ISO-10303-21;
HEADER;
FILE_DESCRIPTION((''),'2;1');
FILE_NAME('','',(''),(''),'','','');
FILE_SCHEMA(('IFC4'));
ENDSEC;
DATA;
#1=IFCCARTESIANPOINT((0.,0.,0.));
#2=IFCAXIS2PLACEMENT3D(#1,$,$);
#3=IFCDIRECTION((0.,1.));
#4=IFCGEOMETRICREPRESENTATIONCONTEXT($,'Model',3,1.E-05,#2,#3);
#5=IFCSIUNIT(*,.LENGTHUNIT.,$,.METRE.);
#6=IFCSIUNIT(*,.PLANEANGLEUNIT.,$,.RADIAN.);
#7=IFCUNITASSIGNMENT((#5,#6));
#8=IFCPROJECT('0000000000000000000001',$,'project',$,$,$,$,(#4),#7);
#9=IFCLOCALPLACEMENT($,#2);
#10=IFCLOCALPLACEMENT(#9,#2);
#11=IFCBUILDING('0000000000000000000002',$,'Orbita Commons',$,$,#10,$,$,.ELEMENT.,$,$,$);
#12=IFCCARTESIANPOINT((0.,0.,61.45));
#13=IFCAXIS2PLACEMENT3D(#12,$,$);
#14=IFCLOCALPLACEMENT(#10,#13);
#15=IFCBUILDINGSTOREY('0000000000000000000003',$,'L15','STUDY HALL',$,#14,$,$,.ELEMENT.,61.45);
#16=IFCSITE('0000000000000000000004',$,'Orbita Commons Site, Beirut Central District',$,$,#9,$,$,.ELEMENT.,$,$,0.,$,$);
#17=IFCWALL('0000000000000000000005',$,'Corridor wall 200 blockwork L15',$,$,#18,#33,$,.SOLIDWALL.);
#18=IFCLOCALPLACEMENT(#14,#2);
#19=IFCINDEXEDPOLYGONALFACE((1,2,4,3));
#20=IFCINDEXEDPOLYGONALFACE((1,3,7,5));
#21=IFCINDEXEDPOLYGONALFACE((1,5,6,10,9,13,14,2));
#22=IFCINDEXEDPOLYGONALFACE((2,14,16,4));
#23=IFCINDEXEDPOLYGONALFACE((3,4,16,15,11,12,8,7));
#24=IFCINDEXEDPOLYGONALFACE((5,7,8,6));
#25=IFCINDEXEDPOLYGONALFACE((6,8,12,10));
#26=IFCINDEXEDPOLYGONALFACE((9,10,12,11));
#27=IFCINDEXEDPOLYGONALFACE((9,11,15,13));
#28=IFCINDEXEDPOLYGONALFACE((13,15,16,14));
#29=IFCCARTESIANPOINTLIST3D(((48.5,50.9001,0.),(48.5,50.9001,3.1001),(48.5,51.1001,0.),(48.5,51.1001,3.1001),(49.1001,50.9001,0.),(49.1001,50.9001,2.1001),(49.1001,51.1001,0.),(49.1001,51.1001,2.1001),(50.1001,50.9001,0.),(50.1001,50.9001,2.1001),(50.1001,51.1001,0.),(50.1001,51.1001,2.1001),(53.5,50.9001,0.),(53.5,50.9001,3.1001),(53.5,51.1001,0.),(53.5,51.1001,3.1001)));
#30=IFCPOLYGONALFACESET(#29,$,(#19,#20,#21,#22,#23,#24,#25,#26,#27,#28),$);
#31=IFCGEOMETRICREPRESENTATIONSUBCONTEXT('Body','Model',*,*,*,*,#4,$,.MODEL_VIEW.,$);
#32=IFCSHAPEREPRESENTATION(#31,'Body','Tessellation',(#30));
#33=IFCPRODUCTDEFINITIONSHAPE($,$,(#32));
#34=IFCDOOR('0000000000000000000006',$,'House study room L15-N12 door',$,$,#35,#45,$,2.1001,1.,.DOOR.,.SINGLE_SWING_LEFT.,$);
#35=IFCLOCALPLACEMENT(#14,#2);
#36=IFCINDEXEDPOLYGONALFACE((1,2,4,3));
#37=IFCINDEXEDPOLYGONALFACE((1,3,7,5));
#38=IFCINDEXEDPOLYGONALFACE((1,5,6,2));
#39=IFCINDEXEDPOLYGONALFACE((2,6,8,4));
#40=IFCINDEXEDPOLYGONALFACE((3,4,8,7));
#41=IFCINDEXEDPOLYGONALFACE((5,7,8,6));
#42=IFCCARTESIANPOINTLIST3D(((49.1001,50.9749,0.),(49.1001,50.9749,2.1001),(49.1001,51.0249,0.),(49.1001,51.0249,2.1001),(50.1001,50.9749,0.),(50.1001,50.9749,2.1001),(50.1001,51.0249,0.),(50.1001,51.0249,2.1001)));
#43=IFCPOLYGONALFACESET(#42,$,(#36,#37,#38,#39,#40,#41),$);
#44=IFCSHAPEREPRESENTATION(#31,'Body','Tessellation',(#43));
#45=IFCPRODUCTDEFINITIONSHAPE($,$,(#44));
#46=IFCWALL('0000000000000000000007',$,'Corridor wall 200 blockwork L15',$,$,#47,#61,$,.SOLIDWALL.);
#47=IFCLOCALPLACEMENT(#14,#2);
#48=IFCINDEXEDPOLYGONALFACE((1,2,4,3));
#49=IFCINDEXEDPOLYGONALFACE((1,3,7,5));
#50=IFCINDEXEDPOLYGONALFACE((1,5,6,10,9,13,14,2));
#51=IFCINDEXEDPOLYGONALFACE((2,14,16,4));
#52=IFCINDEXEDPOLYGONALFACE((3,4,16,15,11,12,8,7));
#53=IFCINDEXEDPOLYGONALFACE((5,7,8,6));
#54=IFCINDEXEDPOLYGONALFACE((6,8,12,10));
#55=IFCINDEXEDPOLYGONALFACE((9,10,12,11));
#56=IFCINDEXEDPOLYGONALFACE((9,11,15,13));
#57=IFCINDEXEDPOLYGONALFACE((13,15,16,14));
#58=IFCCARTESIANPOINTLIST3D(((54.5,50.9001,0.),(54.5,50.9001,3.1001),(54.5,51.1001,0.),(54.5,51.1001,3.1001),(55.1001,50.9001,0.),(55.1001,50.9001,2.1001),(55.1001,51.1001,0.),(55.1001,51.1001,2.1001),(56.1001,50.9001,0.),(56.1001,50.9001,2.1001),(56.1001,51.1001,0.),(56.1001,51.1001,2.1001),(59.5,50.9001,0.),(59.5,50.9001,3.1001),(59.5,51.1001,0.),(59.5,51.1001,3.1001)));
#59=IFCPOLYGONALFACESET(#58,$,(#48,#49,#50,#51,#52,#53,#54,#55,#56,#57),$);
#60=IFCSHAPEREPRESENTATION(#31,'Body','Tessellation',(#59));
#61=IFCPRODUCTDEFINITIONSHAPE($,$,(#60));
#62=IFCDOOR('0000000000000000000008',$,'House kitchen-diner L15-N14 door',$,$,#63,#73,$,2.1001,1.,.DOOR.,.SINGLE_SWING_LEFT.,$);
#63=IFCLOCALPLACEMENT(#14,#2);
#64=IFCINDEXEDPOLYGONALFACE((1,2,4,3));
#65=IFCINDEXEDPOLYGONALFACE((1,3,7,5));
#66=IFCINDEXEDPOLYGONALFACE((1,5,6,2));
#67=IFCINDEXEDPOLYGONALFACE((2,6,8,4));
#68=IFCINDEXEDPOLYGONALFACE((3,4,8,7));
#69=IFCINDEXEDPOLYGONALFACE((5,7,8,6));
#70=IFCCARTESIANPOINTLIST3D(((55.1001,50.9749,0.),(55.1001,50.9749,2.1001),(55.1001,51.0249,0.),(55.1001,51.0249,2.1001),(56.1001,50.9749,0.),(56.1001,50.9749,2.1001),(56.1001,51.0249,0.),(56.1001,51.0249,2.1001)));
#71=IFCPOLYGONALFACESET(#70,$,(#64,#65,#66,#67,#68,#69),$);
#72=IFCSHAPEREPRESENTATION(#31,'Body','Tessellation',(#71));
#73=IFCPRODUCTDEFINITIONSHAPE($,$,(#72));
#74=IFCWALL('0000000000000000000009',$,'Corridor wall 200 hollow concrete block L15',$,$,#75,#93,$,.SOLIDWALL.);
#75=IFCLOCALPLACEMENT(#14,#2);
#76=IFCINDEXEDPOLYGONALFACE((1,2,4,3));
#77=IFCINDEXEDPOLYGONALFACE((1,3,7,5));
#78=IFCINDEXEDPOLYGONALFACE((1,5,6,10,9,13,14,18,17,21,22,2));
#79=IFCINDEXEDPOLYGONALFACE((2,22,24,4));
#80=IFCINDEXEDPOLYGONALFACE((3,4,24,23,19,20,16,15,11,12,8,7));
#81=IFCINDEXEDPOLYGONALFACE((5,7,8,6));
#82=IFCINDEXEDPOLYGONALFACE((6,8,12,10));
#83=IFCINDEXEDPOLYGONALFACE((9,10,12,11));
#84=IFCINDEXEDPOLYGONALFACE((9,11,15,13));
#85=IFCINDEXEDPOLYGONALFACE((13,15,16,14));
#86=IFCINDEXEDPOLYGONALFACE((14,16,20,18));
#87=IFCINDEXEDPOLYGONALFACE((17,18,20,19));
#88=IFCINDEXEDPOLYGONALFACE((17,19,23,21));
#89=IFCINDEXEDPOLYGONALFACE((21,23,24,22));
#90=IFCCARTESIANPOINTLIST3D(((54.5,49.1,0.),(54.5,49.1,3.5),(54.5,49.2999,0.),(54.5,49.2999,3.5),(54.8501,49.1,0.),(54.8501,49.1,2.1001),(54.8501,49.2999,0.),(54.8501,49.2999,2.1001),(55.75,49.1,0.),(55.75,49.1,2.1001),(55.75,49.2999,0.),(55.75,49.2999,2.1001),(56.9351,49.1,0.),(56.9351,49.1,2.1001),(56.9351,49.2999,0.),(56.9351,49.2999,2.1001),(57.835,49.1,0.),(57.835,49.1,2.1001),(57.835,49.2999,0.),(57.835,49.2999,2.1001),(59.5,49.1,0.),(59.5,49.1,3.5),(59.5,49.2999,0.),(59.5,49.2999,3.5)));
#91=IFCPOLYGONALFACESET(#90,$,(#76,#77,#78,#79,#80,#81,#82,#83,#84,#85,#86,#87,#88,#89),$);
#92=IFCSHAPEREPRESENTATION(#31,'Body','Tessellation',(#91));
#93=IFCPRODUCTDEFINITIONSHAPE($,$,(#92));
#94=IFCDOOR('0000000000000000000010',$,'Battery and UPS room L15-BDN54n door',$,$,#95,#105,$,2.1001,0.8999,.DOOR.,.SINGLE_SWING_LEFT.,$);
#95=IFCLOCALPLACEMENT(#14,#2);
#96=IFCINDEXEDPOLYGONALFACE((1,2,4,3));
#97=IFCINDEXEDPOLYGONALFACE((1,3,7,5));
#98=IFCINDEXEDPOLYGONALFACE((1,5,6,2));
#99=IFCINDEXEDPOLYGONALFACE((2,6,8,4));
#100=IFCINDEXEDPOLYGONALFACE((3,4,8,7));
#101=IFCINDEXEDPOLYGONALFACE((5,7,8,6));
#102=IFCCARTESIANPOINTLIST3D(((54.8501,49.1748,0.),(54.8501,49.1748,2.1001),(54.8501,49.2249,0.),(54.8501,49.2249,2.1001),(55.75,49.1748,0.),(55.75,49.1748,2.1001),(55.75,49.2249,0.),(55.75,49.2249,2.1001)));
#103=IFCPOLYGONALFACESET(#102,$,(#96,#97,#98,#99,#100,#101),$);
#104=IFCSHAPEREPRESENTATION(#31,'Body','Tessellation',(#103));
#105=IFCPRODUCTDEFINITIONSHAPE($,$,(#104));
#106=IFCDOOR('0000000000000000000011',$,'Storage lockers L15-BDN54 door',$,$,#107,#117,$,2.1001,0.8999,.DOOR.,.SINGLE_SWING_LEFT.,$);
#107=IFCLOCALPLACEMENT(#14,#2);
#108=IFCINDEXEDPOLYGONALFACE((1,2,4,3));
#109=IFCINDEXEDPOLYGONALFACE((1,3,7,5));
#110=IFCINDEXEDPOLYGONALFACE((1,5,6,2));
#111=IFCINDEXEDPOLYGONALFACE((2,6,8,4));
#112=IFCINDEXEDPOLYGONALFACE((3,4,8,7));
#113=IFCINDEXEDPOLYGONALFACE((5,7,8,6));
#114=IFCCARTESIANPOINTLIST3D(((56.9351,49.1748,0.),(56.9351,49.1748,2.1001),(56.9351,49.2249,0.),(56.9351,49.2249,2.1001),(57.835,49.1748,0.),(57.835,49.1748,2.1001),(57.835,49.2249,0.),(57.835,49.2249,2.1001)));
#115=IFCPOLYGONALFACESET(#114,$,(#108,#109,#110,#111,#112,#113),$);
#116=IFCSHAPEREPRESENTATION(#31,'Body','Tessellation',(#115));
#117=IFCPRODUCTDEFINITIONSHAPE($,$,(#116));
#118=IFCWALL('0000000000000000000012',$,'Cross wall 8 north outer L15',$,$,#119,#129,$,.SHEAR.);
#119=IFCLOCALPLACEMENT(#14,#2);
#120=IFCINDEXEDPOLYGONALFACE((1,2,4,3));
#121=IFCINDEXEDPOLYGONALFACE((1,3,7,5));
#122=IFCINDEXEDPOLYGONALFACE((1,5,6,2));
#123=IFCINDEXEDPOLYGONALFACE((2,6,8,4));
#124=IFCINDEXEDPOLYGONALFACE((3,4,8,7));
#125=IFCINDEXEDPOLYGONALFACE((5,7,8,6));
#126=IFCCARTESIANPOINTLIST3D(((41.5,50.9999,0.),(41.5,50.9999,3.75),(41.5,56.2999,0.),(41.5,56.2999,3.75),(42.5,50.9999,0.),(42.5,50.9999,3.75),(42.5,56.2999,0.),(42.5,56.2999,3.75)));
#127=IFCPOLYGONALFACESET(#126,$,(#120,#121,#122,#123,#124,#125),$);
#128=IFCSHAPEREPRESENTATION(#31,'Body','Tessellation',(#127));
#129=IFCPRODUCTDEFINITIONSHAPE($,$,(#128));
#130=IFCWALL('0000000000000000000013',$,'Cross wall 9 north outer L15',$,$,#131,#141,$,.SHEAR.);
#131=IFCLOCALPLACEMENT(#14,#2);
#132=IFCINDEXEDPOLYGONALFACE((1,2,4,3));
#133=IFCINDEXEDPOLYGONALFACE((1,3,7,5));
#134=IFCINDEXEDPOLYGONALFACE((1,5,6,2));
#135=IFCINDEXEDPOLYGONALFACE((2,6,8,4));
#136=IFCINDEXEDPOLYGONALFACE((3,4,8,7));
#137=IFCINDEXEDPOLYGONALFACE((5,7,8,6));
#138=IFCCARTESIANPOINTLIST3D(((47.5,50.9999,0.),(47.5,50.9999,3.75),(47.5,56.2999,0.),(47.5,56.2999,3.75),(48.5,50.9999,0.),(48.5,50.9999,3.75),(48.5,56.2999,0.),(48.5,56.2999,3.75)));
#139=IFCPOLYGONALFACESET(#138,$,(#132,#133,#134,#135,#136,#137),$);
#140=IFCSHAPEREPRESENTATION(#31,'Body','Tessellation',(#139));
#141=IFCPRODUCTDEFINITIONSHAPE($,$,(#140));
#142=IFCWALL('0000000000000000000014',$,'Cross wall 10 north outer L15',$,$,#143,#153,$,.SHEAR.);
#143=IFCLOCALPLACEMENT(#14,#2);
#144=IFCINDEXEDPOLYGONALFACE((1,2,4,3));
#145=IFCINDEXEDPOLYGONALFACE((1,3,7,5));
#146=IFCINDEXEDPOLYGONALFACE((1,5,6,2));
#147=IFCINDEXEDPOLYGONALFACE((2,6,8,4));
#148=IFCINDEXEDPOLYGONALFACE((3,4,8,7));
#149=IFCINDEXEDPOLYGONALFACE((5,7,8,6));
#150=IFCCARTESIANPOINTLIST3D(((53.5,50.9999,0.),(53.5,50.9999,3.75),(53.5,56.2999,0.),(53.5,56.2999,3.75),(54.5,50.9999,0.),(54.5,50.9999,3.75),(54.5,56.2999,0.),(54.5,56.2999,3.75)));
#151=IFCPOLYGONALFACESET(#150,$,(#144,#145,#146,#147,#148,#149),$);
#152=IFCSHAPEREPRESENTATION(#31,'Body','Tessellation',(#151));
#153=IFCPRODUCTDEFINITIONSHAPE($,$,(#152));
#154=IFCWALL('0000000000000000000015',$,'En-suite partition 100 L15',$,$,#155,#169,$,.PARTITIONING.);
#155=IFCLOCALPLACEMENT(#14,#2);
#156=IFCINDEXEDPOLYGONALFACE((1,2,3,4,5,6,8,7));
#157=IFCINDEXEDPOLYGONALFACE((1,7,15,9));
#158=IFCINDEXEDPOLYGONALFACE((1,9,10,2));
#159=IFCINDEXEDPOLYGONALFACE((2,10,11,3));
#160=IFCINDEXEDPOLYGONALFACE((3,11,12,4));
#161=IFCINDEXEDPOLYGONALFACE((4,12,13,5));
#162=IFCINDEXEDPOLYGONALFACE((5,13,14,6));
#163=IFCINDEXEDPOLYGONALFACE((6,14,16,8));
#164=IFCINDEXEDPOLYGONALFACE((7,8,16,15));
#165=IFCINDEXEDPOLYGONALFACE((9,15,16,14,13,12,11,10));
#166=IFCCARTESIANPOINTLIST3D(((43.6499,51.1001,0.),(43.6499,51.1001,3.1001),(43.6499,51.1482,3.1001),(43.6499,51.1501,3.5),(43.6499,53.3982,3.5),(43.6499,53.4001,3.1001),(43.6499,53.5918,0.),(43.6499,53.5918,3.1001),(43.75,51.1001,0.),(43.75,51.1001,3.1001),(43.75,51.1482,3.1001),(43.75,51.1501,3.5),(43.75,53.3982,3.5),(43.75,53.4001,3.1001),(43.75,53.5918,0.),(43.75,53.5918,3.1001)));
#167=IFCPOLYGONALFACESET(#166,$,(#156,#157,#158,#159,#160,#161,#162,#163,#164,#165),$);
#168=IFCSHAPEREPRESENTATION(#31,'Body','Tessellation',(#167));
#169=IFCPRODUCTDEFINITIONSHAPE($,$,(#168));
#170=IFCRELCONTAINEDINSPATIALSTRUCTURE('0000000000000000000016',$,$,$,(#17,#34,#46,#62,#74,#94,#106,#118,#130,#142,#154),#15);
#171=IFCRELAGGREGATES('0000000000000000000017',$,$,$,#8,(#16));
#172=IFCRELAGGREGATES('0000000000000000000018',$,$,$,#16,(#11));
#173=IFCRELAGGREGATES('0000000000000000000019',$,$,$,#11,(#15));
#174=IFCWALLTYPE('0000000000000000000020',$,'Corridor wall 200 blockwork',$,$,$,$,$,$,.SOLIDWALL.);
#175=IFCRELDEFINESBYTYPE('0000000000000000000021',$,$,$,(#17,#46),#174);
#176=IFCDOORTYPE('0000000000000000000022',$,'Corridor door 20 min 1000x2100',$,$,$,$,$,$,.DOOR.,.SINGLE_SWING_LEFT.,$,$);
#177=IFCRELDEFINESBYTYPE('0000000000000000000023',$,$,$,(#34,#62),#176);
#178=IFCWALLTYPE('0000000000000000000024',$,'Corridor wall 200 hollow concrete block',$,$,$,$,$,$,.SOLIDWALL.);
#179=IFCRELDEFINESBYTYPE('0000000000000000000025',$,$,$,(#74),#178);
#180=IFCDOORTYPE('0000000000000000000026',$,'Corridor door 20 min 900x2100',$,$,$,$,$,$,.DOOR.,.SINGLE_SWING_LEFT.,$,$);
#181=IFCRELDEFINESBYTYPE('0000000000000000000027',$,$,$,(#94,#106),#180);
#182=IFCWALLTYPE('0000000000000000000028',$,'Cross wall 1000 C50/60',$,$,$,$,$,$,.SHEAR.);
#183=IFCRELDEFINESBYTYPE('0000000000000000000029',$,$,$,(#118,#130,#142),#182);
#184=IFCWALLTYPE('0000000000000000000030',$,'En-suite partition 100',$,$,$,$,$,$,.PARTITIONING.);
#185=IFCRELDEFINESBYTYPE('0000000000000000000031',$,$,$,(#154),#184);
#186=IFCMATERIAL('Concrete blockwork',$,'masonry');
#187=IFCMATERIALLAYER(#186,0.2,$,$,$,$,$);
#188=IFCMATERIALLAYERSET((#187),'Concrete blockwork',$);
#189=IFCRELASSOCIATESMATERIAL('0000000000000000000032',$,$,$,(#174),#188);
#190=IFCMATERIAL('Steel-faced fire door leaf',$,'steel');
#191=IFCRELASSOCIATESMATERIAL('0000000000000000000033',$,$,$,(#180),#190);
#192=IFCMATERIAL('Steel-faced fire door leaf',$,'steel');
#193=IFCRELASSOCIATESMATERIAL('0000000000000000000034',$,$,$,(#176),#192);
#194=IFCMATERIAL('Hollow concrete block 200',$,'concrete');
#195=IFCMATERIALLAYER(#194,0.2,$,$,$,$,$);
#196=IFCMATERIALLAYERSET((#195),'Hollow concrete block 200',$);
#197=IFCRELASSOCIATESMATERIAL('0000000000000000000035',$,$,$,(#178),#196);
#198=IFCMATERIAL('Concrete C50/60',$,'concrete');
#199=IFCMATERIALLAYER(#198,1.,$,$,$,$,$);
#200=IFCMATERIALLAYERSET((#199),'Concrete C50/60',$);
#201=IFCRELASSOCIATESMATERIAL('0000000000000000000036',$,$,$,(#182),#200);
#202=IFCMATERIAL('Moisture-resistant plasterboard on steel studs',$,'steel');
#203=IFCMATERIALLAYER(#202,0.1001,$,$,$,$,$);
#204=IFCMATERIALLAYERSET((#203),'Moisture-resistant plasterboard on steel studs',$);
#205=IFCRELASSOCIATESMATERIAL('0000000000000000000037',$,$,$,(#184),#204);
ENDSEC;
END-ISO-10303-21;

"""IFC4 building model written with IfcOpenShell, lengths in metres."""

from ifc_helpers import new_model, si_unit, direction, frame, frame_2d, origin, place, context, subcontext, project, spatial, polyline, rectangle, outline, extrude, material, layer, layer_set, type_object, element, fill, save


model = new_model("IFC4")

# Units and contexts
model_context = context("Model", 3, precision=1e-05, world=origin(), true_north=direction((0.0, 1.0)))
body_context = subcontext(model_context, "Body", "Model", "MODEL_VIEW")
ifc_project = project(units=[si_unit("LENGTHUNIT", "METRE"), si_unit("PLANEANGLEUNIT", "RADIAN")], contexts=[model_context])

# Site, building, storey
site_placement = place(None, origin())
site = spatial("IfcSite", under=ifc_project, at=site_placement, Name="Orbita Commons Site, Beirut Central District", CompositionType="ELEMENT", RefElevation=0.0)
building_placement = place(site_placement, origin())
building = spatial("IfcBuilding", under=site, at=building_placement, Name="Orbita Commons", CompositionType="ELEMENT")
storey_placement = place(building_placement, frame((0.0, 0.0, 61.45)))
storey = spatial("IfcBuildingStorey", under=building, at=storey_placement, Name="L15", Description="STUDY HALL", CompositionType="ELEMENT", Elevation=61.45)

# Shared definitions
ifc_material_1 = material(Name="Concrete blockwork", Category="masonry")
ifc_layer_1 = layer(ifc_material_1, 0.2)
ifc_layer_set_1 = layer_set([ifc_layer_1], Name="Concrete blockwork")
wall_type_1 = type_object("IfcWallType", Name="Corridor wall 200 blockwork", PredefinedType="SOLIDWALL", material=ifc_layer_set_1)
ifc_material_2 = material(Name="Steel-faced fire door leaf", Category="steel")
door_type_1 = type_object("IfcDoorType", Name="Corridor door 20 min 900x2100", OperationType="SINGLE_SWING_LEFT", PredefinedType="DOOR", material=ifc_material_2)

# Walls, openings, doors
wall_1_placement = place(storey_placement, frame((48.5, 51.0, 0.0), z_axis=(0.0, 0.0, 1.0), x_axis=(1.0, 0.0, 0.0)))
wall_1 = element("IfcWall", 1, at=wall_1_placement, inside=storey, type_object=wall_type_1, Name="Corridor wall 200 blockwork L15", PredefinedType="SOLIDWALL", context=body_context, shape_type="SweptSolid", body=[
    extrude(outline(polyline([(0.0, 0.0), (5.0, 0.0), (5.0, 3.1001), (0.0, 3.1001), (0.0, 0.0)])), frame((0.0, 0.1001, 0.0), z_axis=(0.0, -1.0, 0.0), x_axis=(1.0, 0.0, 0.0)), (0.0, 0.0, 1.0), 0.2),
])
opening_1_placement = place(wall_1_placement, frame((0.6001, 0.0, 0.0)))
opening_1 = element("IfcOpeningElement", 2, at=opening_1_placement, cuts=wall_1, PredefinedType="OPENING", context=body_context, shape_type="SweptSolid", body=[
    extrude(rectangle(XDim=1.0, YDim=2.1001, at=frame_2d((0.5, 1.05))), frame((0.0, 0.1099, 0.0), z_axis=(0.0, -1.0, 0.0), x_axis=(1.0, 0.0, 0.0)), (0.0, 0.0, 1.0), 0.22),
])
ifc_material_3 = material(Name="Steel-faced fire door leaf", Category="steel")
door_type_2 = type_object("IfcDoorType", Name="Corridor door 20 min 1000x2100", OperationType="SINGLE_SWING_LEFT", PredefinedType="DOOR", material=ifc_material_3)
door_1_placement = place(opening_1_placement, origin())
door_1 = element("IfcDoor", 3, at=door_1_placement, inside=storey, type_object=door_type_2, Name="House study room L15-N12 door", OperationType="SINGLE_SWING_LEFT", OverallHeight=2.1001, OverallWidth=1.0, PredefinedType="DOOR", context=body_context, shape_type="SweptSolid", body=[
    extrude(rectangle(XDim=1.0, YDim=2.1001, at=frame_2d((0.5, 1.05))), frame((0.0, 0.0249, 0.0), z_axis=(0.0, -1.0, 0.0), x_axis=(1.0, 0.0, 0.0)), (0.0, 0.0, 1.0), 0.05),
])
fill(opening_1, door_1)
wall_2_placement = place(storey_placement, frame((54.5, 51.0, 0.0), z_axis=(0.0, 0.0, 1.0), x_axis=(1.0, 0.0, 0.0)))
wall_2 = element("IfcWall", 4, at=wall_2_placement, inside=storey, type_object=wall_type_1, Name="Corridor wall 200 blockwork L15", PredefinedType="SOLIDWALL", context=body_context, shape_type="SweptSolid", body=[
    extrude(outline(polyline([(0.0, 0.0), (5.0, 0.0), (5.0, 3.1001), (0.0, 3.1001), (0.0, 0.0)])), frame((0.0, 0.1001, 0.0), z_axis=(0.0, -1.0, 0.0), x_axis=(1.0, 0.0, 0.0)), (0.0, 0.0, 1.0), 0.2),
])
opening_2_placement = place(wall_2_placement, frame((0.6001, 0.0, 0.0)))
opening_2 = element("IfcOpeningElement", 5, at=opening_2_placement, cuts=wall_2, PredefinedType="OPENING", context=body_context, shape_type="SweptSolid", body=[
    extrude(rectangle(XDim=1.0, YDim=2.1001, at=frame_2d((0.5, 1.05))), frame((0.0, 0.1099, 0.0), z_axis=(0.0, -1.0, 0.0), x_axis=(1.0, 0.0, 0.0)), (0.0, 0.0, 1.0), 0.22),
])
door_2_placement = place(opening_2_placement, origin())
door_2 = element("IfcDoor", 6, at=door_2_placement, inside=storey, type_object=door_type_2, Name="House kitchen-diner L15-N14 door", OperationType="SINGLE_SWING_LEFT", OverallHeight=2.1001, OverallWidth=1.0, PredefinedType="DOOR", context=body_context, shape_type="SweptSolid", body=[
    extrude(rectangle(XDim=1.0, YDim=2.1001, at=frame_2d((0.5, 1.05))), frame((0.0, 0.0249, 0.0), z_axis=(0.0, -1.0, 0.0), x_axis=(1.0, 0.0, 0.0)), (0.0, 0.0, 1.0), 0.05),
])
fill(opening_2, door_2)

# Wall, openings, doors
ifc_material_4 = material(Name="Hollow concrete block 200", Category="concrete")
ifc_layer_2 = layer(ifc_material_4, 0.2)
ifc_layer_set_2 = layer_set([ifc_layer_2], Name="Hollow concrete block 200")
wall_type_2 = type_object("IfcWallType", Name="Corridor wall 200 hollow concrete block", PredefinedType="SOLIDWALL", material=ifc_layer_set_2)
wall_3_placement = place(storey_placement, frame((54.5, 49.2, 0.0), z_axis=(0.0, 0.0, 1.0), x_axis=(1.0, 0.0, 0.0)))
wall_3 = element("IfcWall", 7, at=wall_3_placement, inside=storey, type_object=wall_type_2, Name="Corridor wall 200 hollow concrete block L15", PredefinedType="SOLIDWALL", context=body_context, shape_type="SweptSolid", body=[
    extrude(rectangle(XDim=5.0, YDim=0.2, at=frame_2d((2.5, 0.0))), origin(), (0.0, 0.0, 1.0), 3.5),
])
opening_3_placement = place(wall_3_placement, frame((0.3501, 0.0, 0.0)))
opening_3 = element("IfcOpeningElement", 8, at=opening_3_placement, cuts=wall_3, PredefinedType="OPENING", context=body_context, shape_type="SweptSolid", body=[
    extrude(rectangle(XDim=0.8999, YDim=2.1001, at=frame_2d((0.45, 1.05))), frame((0.0, 0.1099, 0.0), z_axis=(0.0, -1.0, 0.0), x_axis=(1.0, 0.0, 0.0)), (0.0, 0.0, 1.0), 0.22),
])
opening_4_placement = place(wall_3_placement, frame((2.4351, 0.0, 0.0)))
opening_4 = element("IfcOpeningElement", 9, at=opening_4_placement, cuts=wall_3, PredefinedType="OPENING", context=body_context, shape_type="SweptSolid", body=[
    extrude(rectangle(XDim=0.8999, YDim=2.1001, at=frame_2d((0.45, 1.05))), frame((0.0, 0.1099, 0.0), z_axis=(0.0, -1.0, 0.0), x_axis=(1.0, 0.0, 0.0)), (0.0, 0.0, 1.0), 0.22),
])
door_3_placement = place(opening_3_placement, origin())
door_3 = element("IfcDoor", 10, at=door_3_placement, inside=storey, type_object=door_type_1, Name="Battery and UPS room L15-BDN54n door", OperationType="SINGLE_SWING_LEFT", OverallHeight=2.1001, OverallWidth=0.8999, PredefinedType="DOOR", context=body_context, shape_type="SweptSolid", body=[
    extrude(rectangle(XDim=0.8999, YDim=2.1001, at=frame_2d((0.45, 1.05))), frame((0.0, 0.0249, 0.0), z_axis=(0.0, -1.0, 0.0), x_axis=(1.0, 0.0, 0.0)), (0.0, 0.0, 1.0), 0.05),
])
fill(opening_3, door_3)
door_4_placement = place(opening_4_placement, origin())
door_4 = element("IfcDoor", 11, at=door_4_placement, inside=storey, type_object=door_type_1, Name="Storage lockers L15-BDN54 door", OperationType="SINGLE_SWING_LEFT", OverallHeight=2.1001, OverallWidth=0.8999, PredefinedType="DOOR", context=body_context, shape_type="SweptSolid", body=[
    extrude(rectangle(XDim=0.8999, YDim=2.1001, at=frame_2d((0.45, 1.05))), frame((0.0, 0.0249, 0.0), z_axis=(0.0, -1.0, 0.0), x_axis=(1.0, 0.0, 0.0)), (0.0, 0.0, 1.0), 0.05),
])
fill(opening_4, door_4)

# Walls
ifc_material_5 = material(Name="Concrete C50/60", Category="concrete")
ifc_layer_3 = layer(ifc_material_5, 1.0)
ifc_layer_set_3 = layer_set([ifc_layer_3], Name="Concrete C50/60")
wall_type_3 = type_object("IfcWallType", Name="Cross wall 1000 C50/60", PredefinedType="SHEAR", material=ifc_layer_set_3)
for number, where, z_axis, x_axis, name in (
    (12, (42.0, 51.0, 0.0), (0.0, 0.0, 1.0), (0.0, 1.0, 0.0), "Cross wall 8 north outer L15"),
    (13, (48.0, 51.0, 0.0), (0.0, 0.0, 1.0), (0.0, 1.0, 0.0), "Cross wall 9 north outer L15"),
    (14, (54.0, 51.0, 0.0), (0.0, 0.0, 1.0), (0.0, 1.0, 0.0), "Cross wall 10 north outer L15"),
):
    element("IfcWall", number, at=place(storey_placement, frame(where, z_axis=z_axis, x_axis=x_axis)), inside=storey, type_object=wall_type_3, Name=name, PredefinedType="SHEAR", context=body_context, shape_type="SweptSolid", body=[
        extrude(rectangle(XDim=5.3, YDim=1.0, at=frame_2d((2.6499, 0.0))), origin(), (0.0, 0.0, 1.0), 3.75),
    ])
ifc_material_6 = material(Name="Moisture-resistant plasterboard on steel studs", Category="steel")
ifc_layer_4 = layer(ifc_material_6, 0.1001)
ifc_layer_set_4 = layer_set([ifc_layer_4], Name="Moisture-resistant plasterboard on steel studs")
wall_type_4 = type_object("IfcWallType", Name="En-suite partition 100", PredefinedType="PARTITIONING", material=ifc_layer_set_4)
for number, where, z_axis, x_axis, name in (
    (15, (43.7, 53.5918, 0.0), (0.0, 0.0, 1.0), (0.0, -1.0, 0.0), "En-suite partition 100 L15"),
):
    element("IfcWall", number, at=place(storey_placement, frame(where, z_axis=z_axis, x_axis=x_axis)), inside=storey, type_object=wall_type_4, Name=name, PredefinedType="PARTITIONING", context=body_context, shape_type="SweptSolid", body=[
        extrude(outline(polyline([(0.0, 0.0), (2.4917, 0.0), (2.4917, 3.1001), (2.4436, 3.1001), (2.4417, 3.5), (0.1936, 3.5), (0.1917, 3.1001), (0.0, 3.1001), (0.0, 0.0)])), frame((0.0, 0.05, 0.0), z_axis=(0.0, -1.0, 0.0), x_axis=(1.0, 0.0, 0.0)), (0.0, 0.0, 1.0), 0.1001),
    ])

save(model, "model.ifc")
